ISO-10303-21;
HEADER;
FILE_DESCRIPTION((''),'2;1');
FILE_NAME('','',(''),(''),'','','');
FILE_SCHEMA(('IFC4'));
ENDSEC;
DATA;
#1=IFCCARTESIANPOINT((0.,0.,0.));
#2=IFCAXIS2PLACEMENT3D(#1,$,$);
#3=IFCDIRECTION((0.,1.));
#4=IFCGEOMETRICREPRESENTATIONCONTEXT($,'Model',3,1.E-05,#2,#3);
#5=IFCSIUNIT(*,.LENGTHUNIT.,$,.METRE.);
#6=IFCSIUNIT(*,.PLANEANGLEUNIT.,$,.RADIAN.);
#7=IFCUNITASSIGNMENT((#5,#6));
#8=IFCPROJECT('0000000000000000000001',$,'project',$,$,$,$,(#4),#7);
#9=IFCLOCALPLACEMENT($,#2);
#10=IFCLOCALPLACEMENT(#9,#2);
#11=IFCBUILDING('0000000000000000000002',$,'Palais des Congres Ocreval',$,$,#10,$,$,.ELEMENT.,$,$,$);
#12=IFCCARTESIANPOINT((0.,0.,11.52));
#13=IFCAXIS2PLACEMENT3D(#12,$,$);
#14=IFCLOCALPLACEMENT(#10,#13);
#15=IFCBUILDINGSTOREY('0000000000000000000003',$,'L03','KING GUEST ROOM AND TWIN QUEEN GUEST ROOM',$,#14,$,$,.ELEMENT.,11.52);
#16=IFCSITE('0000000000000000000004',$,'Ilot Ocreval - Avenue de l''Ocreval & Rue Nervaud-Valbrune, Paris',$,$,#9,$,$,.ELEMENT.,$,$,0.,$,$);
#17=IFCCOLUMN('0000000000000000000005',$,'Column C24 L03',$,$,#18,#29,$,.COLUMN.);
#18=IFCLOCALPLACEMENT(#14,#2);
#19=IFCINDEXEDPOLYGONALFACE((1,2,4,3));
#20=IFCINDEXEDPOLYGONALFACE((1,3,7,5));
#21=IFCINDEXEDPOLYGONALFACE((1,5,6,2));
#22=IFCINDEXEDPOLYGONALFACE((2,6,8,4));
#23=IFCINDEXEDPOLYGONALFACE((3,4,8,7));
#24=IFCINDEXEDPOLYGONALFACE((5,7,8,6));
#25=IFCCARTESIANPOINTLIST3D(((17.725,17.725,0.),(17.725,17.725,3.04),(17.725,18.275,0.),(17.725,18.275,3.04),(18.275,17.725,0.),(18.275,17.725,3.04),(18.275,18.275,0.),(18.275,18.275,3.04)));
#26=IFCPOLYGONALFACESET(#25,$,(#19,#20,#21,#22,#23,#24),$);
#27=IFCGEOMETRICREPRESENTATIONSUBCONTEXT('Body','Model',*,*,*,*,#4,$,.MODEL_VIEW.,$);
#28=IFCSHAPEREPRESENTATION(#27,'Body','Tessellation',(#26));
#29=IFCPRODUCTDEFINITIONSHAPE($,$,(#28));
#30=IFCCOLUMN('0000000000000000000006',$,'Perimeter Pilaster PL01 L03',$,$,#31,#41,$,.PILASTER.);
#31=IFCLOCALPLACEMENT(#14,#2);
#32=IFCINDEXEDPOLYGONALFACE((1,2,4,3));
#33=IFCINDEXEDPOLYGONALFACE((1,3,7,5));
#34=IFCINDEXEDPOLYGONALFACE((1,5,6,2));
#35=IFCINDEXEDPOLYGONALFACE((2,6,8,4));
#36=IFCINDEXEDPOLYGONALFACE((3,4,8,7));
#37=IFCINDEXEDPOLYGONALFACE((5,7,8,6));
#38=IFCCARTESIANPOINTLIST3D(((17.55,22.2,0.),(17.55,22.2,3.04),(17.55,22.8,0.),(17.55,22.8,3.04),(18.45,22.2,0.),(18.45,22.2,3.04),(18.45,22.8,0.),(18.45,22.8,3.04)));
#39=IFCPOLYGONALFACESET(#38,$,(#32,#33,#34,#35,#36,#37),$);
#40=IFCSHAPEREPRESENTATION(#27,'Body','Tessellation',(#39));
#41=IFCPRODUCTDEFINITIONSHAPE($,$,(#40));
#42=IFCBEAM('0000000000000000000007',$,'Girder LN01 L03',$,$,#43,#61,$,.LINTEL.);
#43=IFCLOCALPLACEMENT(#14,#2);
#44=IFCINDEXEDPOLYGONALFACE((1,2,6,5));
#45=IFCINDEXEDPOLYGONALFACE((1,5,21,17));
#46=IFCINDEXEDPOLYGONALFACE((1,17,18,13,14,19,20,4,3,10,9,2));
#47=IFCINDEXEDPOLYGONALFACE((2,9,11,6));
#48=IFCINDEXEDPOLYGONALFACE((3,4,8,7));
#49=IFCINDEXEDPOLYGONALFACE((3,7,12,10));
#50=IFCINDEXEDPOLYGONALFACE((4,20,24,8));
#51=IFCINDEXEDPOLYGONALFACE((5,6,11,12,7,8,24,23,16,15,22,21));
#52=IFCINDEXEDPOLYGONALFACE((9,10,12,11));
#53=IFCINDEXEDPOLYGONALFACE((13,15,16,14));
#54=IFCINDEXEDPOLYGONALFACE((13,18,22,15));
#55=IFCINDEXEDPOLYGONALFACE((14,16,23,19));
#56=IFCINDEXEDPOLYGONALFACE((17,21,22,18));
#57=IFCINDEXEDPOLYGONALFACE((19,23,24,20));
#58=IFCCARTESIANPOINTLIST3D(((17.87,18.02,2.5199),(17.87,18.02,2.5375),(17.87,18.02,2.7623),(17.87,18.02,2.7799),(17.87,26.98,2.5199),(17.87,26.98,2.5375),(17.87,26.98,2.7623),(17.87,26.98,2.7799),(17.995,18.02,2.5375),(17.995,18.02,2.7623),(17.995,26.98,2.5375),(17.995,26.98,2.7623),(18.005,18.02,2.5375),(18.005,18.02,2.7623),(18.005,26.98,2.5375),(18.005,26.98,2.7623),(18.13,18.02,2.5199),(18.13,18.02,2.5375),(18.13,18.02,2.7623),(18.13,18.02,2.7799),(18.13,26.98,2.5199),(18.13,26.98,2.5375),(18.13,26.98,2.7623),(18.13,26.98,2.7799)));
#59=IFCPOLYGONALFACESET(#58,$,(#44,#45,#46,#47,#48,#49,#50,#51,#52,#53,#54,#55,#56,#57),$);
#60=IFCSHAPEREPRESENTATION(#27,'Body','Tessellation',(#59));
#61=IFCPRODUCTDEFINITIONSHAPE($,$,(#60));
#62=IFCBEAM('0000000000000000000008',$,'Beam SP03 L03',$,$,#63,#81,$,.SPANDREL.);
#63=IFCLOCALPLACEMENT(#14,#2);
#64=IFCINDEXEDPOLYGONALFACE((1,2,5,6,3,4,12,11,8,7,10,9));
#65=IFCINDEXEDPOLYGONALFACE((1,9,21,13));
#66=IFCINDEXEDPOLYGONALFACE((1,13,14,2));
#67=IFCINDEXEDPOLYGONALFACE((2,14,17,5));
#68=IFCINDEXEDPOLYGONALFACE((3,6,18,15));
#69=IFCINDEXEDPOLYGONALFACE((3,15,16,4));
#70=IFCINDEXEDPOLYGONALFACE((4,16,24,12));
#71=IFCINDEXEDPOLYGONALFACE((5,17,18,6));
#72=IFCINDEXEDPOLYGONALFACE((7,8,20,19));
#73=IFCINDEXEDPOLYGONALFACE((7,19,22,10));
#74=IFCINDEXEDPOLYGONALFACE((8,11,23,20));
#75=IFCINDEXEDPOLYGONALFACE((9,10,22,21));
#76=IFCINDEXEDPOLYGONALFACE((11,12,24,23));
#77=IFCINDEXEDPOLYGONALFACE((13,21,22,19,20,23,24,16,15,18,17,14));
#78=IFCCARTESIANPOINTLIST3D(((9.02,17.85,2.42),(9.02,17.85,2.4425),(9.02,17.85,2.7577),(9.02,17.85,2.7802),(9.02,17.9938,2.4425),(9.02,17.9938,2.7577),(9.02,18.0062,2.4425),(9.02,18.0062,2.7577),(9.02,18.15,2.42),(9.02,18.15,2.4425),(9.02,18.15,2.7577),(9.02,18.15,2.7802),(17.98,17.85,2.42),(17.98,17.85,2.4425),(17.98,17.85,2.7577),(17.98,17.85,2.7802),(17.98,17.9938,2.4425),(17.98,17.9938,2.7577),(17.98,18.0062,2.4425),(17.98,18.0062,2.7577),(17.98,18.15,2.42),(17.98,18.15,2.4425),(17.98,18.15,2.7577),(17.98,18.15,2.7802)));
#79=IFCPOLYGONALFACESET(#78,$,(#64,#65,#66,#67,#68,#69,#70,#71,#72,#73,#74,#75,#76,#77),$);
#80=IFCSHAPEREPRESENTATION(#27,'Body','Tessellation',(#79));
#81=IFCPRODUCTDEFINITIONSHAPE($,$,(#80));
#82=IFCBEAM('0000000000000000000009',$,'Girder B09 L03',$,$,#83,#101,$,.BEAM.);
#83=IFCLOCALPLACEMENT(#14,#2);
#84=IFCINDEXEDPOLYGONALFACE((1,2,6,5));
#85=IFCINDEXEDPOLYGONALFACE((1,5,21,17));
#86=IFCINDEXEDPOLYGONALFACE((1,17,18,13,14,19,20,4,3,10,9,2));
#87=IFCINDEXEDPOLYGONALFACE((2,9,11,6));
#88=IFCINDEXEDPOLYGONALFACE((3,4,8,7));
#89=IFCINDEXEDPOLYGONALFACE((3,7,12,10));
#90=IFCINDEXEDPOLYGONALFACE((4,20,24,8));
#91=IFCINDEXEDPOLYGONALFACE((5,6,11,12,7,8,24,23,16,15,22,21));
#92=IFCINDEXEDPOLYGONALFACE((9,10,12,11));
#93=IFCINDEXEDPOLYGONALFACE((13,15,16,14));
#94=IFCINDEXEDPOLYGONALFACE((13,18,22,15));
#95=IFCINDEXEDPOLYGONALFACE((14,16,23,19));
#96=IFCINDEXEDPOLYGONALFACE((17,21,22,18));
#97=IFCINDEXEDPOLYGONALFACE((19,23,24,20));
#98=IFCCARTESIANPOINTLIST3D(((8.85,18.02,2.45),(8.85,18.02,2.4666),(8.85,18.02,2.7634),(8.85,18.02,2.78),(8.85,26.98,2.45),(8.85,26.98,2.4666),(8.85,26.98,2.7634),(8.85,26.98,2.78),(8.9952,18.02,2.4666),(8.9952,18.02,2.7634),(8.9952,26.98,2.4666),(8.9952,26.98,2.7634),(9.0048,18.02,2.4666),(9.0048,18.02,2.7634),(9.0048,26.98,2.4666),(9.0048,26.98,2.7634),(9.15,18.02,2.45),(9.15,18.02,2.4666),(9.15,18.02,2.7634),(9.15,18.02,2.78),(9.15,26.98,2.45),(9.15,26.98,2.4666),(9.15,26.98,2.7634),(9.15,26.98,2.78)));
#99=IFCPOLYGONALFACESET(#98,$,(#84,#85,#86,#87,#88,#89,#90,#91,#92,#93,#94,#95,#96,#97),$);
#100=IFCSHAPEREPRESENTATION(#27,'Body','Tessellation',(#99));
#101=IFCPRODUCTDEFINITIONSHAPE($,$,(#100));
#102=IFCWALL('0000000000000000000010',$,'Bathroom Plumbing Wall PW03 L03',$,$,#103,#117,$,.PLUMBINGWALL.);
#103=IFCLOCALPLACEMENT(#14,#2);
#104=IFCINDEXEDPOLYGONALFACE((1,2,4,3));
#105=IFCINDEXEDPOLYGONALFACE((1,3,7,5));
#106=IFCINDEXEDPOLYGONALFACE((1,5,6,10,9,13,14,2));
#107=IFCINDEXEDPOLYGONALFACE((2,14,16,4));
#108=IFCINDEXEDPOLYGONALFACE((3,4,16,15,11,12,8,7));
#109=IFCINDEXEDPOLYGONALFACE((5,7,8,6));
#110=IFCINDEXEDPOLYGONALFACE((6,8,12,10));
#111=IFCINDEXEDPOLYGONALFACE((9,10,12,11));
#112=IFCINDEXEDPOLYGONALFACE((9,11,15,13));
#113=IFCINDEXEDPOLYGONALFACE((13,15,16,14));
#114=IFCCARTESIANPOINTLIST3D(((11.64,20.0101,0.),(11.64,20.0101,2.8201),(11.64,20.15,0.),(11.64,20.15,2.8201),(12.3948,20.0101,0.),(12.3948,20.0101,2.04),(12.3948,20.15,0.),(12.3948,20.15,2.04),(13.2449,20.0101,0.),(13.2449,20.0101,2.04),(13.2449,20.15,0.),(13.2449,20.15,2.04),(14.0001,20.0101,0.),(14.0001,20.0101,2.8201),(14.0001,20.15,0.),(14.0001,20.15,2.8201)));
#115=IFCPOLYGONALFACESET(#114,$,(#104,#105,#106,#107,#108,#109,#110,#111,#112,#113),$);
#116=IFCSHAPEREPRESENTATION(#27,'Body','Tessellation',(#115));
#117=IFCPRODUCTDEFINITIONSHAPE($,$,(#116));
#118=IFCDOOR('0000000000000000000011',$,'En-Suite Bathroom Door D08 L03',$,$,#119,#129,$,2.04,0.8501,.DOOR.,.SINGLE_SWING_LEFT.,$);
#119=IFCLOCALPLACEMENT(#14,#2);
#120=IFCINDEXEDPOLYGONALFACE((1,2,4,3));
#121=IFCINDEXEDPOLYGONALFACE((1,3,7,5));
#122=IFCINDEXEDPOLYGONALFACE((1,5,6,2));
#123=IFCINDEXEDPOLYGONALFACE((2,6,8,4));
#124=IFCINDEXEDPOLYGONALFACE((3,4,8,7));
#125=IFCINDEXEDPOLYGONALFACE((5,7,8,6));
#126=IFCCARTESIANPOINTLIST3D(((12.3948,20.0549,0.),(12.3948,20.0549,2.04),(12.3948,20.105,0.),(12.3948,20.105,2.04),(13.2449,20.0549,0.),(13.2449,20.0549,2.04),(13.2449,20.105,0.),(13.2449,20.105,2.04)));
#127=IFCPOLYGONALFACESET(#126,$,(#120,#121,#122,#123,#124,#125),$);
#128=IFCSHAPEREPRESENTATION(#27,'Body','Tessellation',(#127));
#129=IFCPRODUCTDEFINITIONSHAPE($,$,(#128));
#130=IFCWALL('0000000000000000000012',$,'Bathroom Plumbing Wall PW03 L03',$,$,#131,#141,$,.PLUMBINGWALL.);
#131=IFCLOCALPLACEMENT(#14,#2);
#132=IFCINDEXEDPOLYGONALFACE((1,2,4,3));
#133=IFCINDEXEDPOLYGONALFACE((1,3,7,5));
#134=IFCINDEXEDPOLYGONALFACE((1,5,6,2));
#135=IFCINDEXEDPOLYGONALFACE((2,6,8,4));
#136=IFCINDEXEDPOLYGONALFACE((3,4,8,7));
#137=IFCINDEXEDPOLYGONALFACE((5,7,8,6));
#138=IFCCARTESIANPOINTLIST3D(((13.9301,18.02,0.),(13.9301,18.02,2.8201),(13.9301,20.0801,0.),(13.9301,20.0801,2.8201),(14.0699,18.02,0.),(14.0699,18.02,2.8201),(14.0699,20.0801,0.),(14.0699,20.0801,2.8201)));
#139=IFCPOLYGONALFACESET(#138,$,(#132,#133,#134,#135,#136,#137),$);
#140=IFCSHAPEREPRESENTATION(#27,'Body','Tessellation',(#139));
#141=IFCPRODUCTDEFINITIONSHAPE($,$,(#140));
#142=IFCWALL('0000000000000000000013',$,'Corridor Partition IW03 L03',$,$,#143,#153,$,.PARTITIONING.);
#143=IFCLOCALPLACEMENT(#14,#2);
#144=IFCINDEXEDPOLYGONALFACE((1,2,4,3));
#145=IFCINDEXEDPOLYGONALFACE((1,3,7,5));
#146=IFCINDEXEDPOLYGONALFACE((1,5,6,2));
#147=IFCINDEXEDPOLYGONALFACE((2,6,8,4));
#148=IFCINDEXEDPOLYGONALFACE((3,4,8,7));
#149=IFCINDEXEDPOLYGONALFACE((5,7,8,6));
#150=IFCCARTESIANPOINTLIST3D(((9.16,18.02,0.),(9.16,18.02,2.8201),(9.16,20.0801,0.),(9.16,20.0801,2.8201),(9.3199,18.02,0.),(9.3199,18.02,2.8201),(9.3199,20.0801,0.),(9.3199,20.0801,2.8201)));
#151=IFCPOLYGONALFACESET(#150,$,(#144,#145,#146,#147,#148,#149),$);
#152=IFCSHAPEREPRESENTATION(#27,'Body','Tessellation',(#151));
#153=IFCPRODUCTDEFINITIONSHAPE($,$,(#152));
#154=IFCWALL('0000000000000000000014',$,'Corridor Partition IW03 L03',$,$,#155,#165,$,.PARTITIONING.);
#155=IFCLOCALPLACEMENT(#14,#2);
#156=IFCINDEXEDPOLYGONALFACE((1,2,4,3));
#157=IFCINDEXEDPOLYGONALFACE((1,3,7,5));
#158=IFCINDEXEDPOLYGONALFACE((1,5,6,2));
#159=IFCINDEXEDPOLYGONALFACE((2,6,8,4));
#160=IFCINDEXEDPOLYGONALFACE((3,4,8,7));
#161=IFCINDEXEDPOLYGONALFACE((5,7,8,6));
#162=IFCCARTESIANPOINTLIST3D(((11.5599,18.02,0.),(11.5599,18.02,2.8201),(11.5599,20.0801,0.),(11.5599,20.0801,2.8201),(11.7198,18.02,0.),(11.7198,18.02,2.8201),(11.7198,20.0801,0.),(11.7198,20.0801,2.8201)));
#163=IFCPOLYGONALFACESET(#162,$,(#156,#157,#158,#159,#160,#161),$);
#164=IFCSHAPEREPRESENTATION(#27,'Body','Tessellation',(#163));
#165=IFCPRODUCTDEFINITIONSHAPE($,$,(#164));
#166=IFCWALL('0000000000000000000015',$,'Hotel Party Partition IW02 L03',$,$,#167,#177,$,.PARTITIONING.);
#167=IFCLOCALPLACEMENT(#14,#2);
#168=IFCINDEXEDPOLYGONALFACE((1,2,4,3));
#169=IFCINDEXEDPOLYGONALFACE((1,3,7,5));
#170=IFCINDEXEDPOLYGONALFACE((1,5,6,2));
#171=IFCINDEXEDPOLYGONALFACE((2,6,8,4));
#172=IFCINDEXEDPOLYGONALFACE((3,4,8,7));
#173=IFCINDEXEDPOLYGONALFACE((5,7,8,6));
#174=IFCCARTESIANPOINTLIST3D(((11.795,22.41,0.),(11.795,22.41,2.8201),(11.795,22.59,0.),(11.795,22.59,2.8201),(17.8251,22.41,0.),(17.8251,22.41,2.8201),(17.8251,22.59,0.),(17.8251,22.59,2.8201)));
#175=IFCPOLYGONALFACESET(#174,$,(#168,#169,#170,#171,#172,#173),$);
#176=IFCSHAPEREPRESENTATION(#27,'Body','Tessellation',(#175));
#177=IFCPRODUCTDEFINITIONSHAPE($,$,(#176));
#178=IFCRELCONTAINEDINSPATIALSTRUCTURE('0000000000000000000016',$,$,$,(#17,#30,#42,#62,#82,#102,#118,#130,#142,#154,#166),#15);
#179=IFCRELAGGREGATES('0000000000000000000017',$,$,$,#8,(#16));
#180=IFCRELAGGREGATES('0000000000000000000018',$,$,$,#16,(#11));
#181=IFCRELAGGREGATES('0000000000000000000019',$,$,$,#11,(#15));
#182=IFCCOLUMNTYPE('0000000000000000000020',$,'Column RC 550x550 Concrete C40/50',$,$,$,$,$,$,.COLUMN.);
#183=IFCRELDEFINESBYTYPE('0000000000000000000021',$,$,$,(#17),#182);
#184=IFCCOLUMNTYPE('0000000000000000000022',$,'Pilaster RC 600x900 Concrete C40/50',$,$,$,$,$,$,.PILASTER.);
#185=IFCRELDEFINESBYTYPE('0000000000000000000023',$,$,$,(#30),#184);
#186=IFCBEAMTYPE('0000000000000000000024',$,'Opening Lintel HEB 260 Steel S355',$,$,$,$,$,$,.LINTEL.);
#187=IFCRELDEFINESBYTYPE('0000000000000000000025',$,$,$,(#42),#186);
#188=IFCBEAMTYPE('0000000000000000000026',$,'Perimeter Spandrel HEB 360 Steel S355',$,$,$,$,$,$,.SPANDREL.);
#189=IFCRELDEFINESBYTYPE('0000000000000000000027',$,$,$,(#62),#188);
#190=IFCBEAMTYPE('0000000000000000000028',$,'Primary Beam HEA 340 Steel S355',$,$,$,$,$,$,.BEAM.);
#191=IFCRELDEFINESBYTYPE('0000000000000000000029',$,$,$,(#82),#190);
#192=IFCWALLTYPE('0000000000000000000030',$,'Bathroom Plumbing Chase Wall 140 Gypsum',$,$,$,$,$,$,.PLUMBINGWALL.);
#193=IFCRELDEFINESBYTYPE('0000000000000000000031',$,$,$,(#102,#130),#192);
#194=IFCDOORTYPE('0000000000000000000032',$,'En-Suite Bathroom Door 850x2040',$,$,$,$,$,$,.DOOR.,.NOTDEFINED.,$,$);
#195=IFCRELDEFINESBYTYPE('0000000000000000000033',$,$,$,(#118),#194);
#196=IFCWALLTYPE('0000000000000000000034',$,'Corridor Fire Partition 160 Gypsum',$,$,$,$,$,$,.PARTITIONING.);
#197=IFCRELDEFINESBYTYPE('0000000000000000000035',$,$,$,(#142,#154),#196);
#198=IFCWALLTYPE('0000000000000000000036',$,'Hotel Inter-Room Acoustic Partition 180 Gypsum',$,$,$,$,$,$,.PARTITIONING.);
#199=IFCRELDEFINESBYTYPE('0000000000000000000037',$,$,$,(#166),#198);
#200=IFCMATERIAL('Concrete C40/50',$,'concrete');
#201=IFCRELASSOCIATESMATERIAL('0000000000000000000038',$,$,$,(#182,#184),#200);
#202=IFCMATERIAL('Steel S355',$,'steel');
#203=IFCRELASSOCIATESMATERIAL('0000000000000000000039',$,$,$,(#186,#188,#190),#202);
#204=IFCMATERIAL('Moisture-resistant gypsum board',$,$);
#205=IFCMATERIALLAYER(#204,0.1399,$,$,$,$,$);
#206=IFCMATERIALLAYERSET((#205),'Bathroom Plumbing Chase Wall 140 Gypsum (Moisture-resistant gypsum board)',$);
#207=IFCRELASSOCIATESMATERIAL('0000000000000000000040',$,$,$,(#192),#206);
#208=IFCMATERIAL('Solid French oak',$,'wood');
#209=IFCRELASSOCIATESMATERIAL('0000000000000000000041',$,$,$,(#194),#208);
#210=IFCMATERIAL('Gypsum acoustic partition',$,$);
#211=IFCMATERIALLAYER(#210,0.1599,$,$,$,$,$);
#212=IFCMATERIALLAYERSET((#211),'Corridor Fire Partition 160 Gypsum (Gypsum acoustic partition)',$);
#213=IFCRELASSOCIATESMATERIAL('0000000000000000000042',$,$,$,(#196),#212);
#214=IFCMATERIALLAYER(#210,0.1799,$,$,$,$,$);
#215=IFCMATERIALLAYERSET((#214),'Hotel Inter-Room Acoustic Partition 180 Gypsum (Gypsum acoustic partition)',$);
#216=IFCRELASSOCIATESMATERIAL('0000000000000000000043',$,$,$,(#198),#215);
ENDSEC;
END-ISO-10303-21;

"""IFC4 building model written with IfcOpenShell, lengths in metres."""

from ifc_helpers import new_model, si_unit, direction, frame, frame_2d, origin, origin_2d, place, context, subcontext, project, spatial, rectangle, i_section, extrude, material, layer, layer_set, material_profile, profile_set, type_object, element, fill, save


model = new_model("IFC4")

# Units and contexts
model_context = context("Model", 3, precision=1e-05, world=origin(), true_north=direction((0.0, 1.0)))
body_context = subcontext(model_context, "Body", "Model", "MODEL_VIEW")
ifc_project = project(units=[si_unit("LENGTHUNIT", "METRE"), si_unit("PLANEANGLEUNIT", "RADIAN")], contexts=[model_context])

# Site, building, storey
site_placement = place(None, origin())
site = spatial("IfcSite", under=ifc_project, at=site_placement, Name="Ilot Ocreval - Avenue de l'Ocreval & Rue Nervaud-Valbrune, Paris", CompositionType="ELEMENT", RefElevation=0.0)
building_placement = place(site_placement, origin())
building = spatial("IfcBuilding", under=site, at=building_placement, Name="Palais des Congres Ocreval", CompositionType="ELEMENT")
storey_placement = place(building_placement, frame((0.0, 0.0, 11.52)))
storey = spatial("IfcBuildingStorey", under=building, at=storey_placement, Name="L03", Description="KING GUEST ROOM AND TWIN QUEEN GUEST ROOM", CompositionType="ELEMENT", Elevation=11.52)

# Columns
ifc_material_1 = material(Name="Concrete C40/50", Category="concrete")
ifc_material_profile_1 = material_profile(ifc_material_1, rectangle(XDim=0.55, YDim=0.55, at=origin_2d()), Name="RC 550x550")
ifc_profile_set_1 = profile_set([ifc_material_profile_1], Name="Concrete C40/50")
column_type_1 = type_object("IfcColumnType", Name="Column RC 550x550 Concrete C40/50", PredefinedType="COLUMN", material=ifc_profile_set_1)
column_1_placement = place(storey_placement, frame((18.0, 18.0, 0.0), z_axis=(0.0, 0.0, 1.0), x_axis=(1.0, 0.0, 0.0)))
element("IfcColumn", 1, at=column_1_placement, inside=storey, type_object=column_type_1, Name="Column C24 L03", PredefinedType="COLUMN", context=body_context, shape_type="SweptSolid", body=[
    extrude(rectangle(XDim=0.55, YDim=0.55, at=origin_2d()), origin(), (0.0, 0.0, 1.0), 3.04),
])
ifc_material_profile_2 = material_profile(ifc_material_1, rectangle(XDim=0.6001, YDim=0.8999, at=origin_2d()), Name="RC 600x900")
ifc_profile_set_2 = profile_set([ifc_material_profile_2], Name="Concrete C40/50")
column_type_2 = type_object("IfcColumnType", Name="Pilaster RC 600x900 Concrete C40/50", PredefinedType="PILASTER", material=ifc_profile_set_2)
column_2_placement = place(storey_placement, frame((18.0, 22.5, 0.0), z_axis=(0.0, 0.0, 1.0), x_axis=(0.0, 1.0, 0.0)))
element("IfcColumn", 2, at=column_2_placement, inside=storey, type_object=column_type_2, Name="Perimeter Pilaster PL01 L03", PredefinedType="PILASTER", context=body_context, shape_type="SweptSolid", body=[
    extrude(rectangle(XDim=0.6001, YDim=0.8999, at=origin_2d()), origin(), (0.0, 0.0, 1.0), 3.04),
])

# Beams
ifc_material_2 = material(Name="Steel S355", Category="steel")
ifc_material_profile_3 = material_profile(ifc_material_2, i_section(OverallWidth=0.26, OverallDepth=0.26, WebThickness=0.01, FlangeThickness=0.0176, at=origin_2d()), Name="HEB 260")
ifc_profile_set_3 = profile_set([ifc_material_profile_3], Name="Steel S355")
beam_type_1 = type_object("IfcBeamType", Name="Opening Lintel HEB 260 Steel S355", PredefinedType="LINTEL", material=ifc_profile_set_3)
beam_1_placement = place(storey_placement, frame((18.0, 18.02, 2.6499), z_axis=(0.0, 1.0, 0.0), x_axis=(-1.0, 0.0, 0.0)))
element("IfcBeam", 3, at=beam_1_placement, inside=storey, type_object=beam_type_1, Name="Girder LN01 L03", PredefinedType="LINTEL", context=body_context, shape_type="SweptSolid", body=[
    extrude(i_section(OverallWidth=0.26, OverallDepth=0.26, WebThickness=0.01, FlangeThickness=0.0176, at=origin_2d()), origin(), (0.0, 0.0, 1.0), 8.96),
])
ifc_material_profile_4 = material_profile(ifc_material_2, i_section(OverallWidth=0.3, OverallDepth=0.3601, WebThickness=0.0125, FlangeThickness=0.0225, at=origin_2d()), Name="HEB 360")
ifc_profile_set_4 = profile_set([ifc_material_profile_4], Name="Steel S355")
beam_type_2 = type_object("IfcBeamType", Name="Perimeter Spandrel HEB 360 Steel S355", PredefinedType="SPANDREL", material=ifc_profile_set_4)
beam_2_placement = place(storey_placement, frame((9.02, 18.0, 2.6001), z_axis=(1.0, 0.0, 0.0), x_axis=(0.0, 1.0, 0.0)))
element("IfcBeam", 4, at=beam_2_placement, inside=storey, type_object=beam_type_2, Name="Beam SP03 L03", PredefinedType="SPANDREL", context=body_context, shape_type="SweptSolid", body=[
    extrude(i_section(OverallWidth=0.3, OverallDepth=0.3601, WebThickness=0.0125, FlangeThickness=0.0225, at=origin_2d()), origin(), (0.0, 0.0, 1.0), 8.96),
])
ifc_material_profile_5 = material_profile(ifc_material_2, i_section(OverallWidth=0.3, OverallDepth=0.3301, WebThickness=0.0095, FlangeThickness=0.0166, at=origin_2d()), Name="HEA 340")
ifc_profile_set_5 = profile_set([ifc_material_profile_5], Name="Steel S355")
beam_type_3 = type_object("IfcBeamType", Name="Primary Beam HEA 340 Steel S355", PredefinedType="BEAM", material=ifc_profile_set_5)
beam_3_placement = place(storey_placement, frame((9.0, 18.02, 2.615), z_axis=(0.0, 1.0, 0.0), x_axis=(-1.0, 0.0, 0.0)))
element("IfcBeam", 5, at=beam_3_placement, inside=storey, type_object=beam_type_3, Name="Girder B09 L03", PredefinedType="BEAM", context=body_context, shape_type="SweptSolid", body=[
    extrude(i_section(OverallWidth=0.3, OverallDepth=0.3301, WebThickness=0.0095, FlangeThickness=0.0166, at=origin_2d()), origin(), (0.0, 0.0, 1.0), 8.96),
])

# Wall, opening, door
ifc_material_3 = material(Name="Moisture-resistant gypsum board")
ifc_layer_1 = layer(ifc_material_3, 0.1399)
ifc_layer_set_1 = layer_set([ifc_layer_1], Name="Bathroom Plumbing Chase Wall 140 Gypsum (Moisture-resistant gypsum board)")
wall_type_1 = type_object("IfcWallType", Name="Bathroom Plumbing Chase Wall 140 Gypsum", PredefinedType="PLUMBINGWALL", material=ifc_layer_set_1)
wall_1_placement = place(storey_placement, frame((11.6399, 20.0801, 0.0), z_axis=(0.0, 0.0, 1.0), x_axis=(1.0, 0.0, 0.0)))
wall_1 = element("IfcWall", 6, at=wall_1_placement, inside=storey, type_object=wall_type_1, Name="Bathroom Plumbing Wall PW03 L03", PredefinedType="PLUMBINGWALL", context=body_context, shape_type="SweptSolid", body=[
    extrude(rectangle(XDim=2.3601, YDim=0.1399, at=frame_2d((1.1802, 0.0))), origin(), (0.0, 0.0, 1.0), 2.8201),
])
opening_1_placement = place(wall_1_placement, frame((0.7549, 0.0, 0.0)))
opening_1 = element("IfcOpeningElement", 7, at=opening_1_placement, cuts=wall_1, PredefinedType="OPENING", context=body_context, shape_type="SweptSolid", body=[
    extrude(rectangle(XDim=0.8501, YDim=2.04, at=frame_2d((0.425, 1.02))), frame((0.0, 0.0798, 0.0), z_axis=(0.0, -1.0, 0.0), x_axis=(1.0, 0.0, 0.0)), (0.0, 0.0, 1.0), 0.1599),
])
ifc_material_4 = material(Name="Solid French oak", Category="wood")
door_type_1 = type_object("IfcDoorType", Name="En-Suite Bathroom Door 850x2040", OperationType="NOTDEFINED", PredefinedType="DOOR", material=ifc_material_4)
door_1_placement = place(opening_1_placement, origin())
door_1 = element("IfcDoor", 8, at=door_1_placement, inside=storey, type_object=door_type_1, Name="En-Suite Bathroom Door D08 L03", OperationType="SINGLE_SWING_LEFT", OverallHeight=2.04, OverallWidth=0.8501, PredefinedType="DOOR", context=body_context, shape_type="SweptSolid", body=[
    extrude(rectangle(XDim=0.8501, YDim=2.04, at=frame_2d((0.425, 1.02))), frame((0.0, 0.0249, 0.0), z_axis=(0.0, -1.0, 0.0), x_axis=(1.0, 0.0, 0.0)), (0.0, 0.0, 1.0), 0.05),
])
fill(opening_1, door_1)

# Walls
wall_2_placement = place(storey_placement, frame((14.0, 18.02, 0.0), z_axis=(0.0, 0.0, 1.0), x_axis=(0.0, 1.0, 0.0)))
element("IfcWall", 9, at=wall_2_placement, inside=storey, type_object=wall_type_1, Name="Bathroom Plumbing Wall PW03 L03", PredefinedType="PLUMBINGWALL", context=body_context, shape_type="SweptSolid", body=[
    extrude(rectangle(XDim=2.0601, YDim=0.1399, at=frame_2d((1.03, 0.0))), origin(), (0.0, 0.0, 1.0), 2.8201),
])
ifc_material_5 = material(Name="Gypsum acoustic partition")
ifc_layer_2 = layer(ifc_material_5, 0.1599)
ifc_layer_set_2 = layer_set([ifc_layer_2], Name="Corridor Fire Partition 160 Gypsum (Gypsum acoustic partition)")
wall_type_2 = type_object("IfcWallType", Name="Corridor Fire Partition 160 Gypsum", PredefinedType="PARTITIONING", material=ifc_layer_set_2)
for number, where, z_axis, x_axis, name in (
    (10, (9.24, 18.02, 0.0), (0.0, 0.0, 1.0), (0.0, 1.0, 0.0), "Corridor Partition IW03 L03"),
    (11, (11.6399, 18.02, 0.0), (0.0, 0.0, 1.0), (0.0, 1.0, 0.0), "Corridor Partition IW03 L03"),
):
    element("IfcWall", number, at=place(storey_placement, frame(where, z_axis=z_axis, x_axis=x_axis)), inside=storey, type_object=wall_type_2, Name=name, PredefinedType="PARTITIONING", context=body_context, shape_type="SweptSolid", body=[
        extrude(rectangle(XDim=2.0601, YDim=0.1599, at=frame_2d((1.03, 0.0))), origin(), (0.0, 0.0, 1.0), 2.8201),
    ])

# Wall
ifc_layer_3 = layer(ifc_material_5, 0.1799)
ifc_layer_set_3 = layer_set([ifc_layer_3], Name="Hotel Inter-Room Acoustic Partition 180 Gypsum (Gypsum acoustic partition)")
wall_type_3 = type_object("IfcWallType", Name="Hotel Inter-Room Acoustic Partition 180 Gypsum", PredefinedType="PARTITIONING", material=ifc_layer_set_3)
wall_3_placement = place(storey_placement, frame((11.7949, 22.5, 0.0), z_axis=(0.0, 0.0, 1.0), x_axis=(1.0, 0.0, 0.0)))
element("IfcWall", 12, at=wall_3_placement, inside=storey, type_object=wall_type_3, Name="Hotel Party Partition IW02 L03", PredefinedType="PARTITIONING", context=body_context, shape_type="SweptSolid", body=[
    extrude(rectangle(XDim=6.03, YDim=0.1799, at=frame_2d((3.0151, 0.0))), origin(), (0.0, 0.0, 1.0), 2.8201),
])

save(model, "model.ifc")
